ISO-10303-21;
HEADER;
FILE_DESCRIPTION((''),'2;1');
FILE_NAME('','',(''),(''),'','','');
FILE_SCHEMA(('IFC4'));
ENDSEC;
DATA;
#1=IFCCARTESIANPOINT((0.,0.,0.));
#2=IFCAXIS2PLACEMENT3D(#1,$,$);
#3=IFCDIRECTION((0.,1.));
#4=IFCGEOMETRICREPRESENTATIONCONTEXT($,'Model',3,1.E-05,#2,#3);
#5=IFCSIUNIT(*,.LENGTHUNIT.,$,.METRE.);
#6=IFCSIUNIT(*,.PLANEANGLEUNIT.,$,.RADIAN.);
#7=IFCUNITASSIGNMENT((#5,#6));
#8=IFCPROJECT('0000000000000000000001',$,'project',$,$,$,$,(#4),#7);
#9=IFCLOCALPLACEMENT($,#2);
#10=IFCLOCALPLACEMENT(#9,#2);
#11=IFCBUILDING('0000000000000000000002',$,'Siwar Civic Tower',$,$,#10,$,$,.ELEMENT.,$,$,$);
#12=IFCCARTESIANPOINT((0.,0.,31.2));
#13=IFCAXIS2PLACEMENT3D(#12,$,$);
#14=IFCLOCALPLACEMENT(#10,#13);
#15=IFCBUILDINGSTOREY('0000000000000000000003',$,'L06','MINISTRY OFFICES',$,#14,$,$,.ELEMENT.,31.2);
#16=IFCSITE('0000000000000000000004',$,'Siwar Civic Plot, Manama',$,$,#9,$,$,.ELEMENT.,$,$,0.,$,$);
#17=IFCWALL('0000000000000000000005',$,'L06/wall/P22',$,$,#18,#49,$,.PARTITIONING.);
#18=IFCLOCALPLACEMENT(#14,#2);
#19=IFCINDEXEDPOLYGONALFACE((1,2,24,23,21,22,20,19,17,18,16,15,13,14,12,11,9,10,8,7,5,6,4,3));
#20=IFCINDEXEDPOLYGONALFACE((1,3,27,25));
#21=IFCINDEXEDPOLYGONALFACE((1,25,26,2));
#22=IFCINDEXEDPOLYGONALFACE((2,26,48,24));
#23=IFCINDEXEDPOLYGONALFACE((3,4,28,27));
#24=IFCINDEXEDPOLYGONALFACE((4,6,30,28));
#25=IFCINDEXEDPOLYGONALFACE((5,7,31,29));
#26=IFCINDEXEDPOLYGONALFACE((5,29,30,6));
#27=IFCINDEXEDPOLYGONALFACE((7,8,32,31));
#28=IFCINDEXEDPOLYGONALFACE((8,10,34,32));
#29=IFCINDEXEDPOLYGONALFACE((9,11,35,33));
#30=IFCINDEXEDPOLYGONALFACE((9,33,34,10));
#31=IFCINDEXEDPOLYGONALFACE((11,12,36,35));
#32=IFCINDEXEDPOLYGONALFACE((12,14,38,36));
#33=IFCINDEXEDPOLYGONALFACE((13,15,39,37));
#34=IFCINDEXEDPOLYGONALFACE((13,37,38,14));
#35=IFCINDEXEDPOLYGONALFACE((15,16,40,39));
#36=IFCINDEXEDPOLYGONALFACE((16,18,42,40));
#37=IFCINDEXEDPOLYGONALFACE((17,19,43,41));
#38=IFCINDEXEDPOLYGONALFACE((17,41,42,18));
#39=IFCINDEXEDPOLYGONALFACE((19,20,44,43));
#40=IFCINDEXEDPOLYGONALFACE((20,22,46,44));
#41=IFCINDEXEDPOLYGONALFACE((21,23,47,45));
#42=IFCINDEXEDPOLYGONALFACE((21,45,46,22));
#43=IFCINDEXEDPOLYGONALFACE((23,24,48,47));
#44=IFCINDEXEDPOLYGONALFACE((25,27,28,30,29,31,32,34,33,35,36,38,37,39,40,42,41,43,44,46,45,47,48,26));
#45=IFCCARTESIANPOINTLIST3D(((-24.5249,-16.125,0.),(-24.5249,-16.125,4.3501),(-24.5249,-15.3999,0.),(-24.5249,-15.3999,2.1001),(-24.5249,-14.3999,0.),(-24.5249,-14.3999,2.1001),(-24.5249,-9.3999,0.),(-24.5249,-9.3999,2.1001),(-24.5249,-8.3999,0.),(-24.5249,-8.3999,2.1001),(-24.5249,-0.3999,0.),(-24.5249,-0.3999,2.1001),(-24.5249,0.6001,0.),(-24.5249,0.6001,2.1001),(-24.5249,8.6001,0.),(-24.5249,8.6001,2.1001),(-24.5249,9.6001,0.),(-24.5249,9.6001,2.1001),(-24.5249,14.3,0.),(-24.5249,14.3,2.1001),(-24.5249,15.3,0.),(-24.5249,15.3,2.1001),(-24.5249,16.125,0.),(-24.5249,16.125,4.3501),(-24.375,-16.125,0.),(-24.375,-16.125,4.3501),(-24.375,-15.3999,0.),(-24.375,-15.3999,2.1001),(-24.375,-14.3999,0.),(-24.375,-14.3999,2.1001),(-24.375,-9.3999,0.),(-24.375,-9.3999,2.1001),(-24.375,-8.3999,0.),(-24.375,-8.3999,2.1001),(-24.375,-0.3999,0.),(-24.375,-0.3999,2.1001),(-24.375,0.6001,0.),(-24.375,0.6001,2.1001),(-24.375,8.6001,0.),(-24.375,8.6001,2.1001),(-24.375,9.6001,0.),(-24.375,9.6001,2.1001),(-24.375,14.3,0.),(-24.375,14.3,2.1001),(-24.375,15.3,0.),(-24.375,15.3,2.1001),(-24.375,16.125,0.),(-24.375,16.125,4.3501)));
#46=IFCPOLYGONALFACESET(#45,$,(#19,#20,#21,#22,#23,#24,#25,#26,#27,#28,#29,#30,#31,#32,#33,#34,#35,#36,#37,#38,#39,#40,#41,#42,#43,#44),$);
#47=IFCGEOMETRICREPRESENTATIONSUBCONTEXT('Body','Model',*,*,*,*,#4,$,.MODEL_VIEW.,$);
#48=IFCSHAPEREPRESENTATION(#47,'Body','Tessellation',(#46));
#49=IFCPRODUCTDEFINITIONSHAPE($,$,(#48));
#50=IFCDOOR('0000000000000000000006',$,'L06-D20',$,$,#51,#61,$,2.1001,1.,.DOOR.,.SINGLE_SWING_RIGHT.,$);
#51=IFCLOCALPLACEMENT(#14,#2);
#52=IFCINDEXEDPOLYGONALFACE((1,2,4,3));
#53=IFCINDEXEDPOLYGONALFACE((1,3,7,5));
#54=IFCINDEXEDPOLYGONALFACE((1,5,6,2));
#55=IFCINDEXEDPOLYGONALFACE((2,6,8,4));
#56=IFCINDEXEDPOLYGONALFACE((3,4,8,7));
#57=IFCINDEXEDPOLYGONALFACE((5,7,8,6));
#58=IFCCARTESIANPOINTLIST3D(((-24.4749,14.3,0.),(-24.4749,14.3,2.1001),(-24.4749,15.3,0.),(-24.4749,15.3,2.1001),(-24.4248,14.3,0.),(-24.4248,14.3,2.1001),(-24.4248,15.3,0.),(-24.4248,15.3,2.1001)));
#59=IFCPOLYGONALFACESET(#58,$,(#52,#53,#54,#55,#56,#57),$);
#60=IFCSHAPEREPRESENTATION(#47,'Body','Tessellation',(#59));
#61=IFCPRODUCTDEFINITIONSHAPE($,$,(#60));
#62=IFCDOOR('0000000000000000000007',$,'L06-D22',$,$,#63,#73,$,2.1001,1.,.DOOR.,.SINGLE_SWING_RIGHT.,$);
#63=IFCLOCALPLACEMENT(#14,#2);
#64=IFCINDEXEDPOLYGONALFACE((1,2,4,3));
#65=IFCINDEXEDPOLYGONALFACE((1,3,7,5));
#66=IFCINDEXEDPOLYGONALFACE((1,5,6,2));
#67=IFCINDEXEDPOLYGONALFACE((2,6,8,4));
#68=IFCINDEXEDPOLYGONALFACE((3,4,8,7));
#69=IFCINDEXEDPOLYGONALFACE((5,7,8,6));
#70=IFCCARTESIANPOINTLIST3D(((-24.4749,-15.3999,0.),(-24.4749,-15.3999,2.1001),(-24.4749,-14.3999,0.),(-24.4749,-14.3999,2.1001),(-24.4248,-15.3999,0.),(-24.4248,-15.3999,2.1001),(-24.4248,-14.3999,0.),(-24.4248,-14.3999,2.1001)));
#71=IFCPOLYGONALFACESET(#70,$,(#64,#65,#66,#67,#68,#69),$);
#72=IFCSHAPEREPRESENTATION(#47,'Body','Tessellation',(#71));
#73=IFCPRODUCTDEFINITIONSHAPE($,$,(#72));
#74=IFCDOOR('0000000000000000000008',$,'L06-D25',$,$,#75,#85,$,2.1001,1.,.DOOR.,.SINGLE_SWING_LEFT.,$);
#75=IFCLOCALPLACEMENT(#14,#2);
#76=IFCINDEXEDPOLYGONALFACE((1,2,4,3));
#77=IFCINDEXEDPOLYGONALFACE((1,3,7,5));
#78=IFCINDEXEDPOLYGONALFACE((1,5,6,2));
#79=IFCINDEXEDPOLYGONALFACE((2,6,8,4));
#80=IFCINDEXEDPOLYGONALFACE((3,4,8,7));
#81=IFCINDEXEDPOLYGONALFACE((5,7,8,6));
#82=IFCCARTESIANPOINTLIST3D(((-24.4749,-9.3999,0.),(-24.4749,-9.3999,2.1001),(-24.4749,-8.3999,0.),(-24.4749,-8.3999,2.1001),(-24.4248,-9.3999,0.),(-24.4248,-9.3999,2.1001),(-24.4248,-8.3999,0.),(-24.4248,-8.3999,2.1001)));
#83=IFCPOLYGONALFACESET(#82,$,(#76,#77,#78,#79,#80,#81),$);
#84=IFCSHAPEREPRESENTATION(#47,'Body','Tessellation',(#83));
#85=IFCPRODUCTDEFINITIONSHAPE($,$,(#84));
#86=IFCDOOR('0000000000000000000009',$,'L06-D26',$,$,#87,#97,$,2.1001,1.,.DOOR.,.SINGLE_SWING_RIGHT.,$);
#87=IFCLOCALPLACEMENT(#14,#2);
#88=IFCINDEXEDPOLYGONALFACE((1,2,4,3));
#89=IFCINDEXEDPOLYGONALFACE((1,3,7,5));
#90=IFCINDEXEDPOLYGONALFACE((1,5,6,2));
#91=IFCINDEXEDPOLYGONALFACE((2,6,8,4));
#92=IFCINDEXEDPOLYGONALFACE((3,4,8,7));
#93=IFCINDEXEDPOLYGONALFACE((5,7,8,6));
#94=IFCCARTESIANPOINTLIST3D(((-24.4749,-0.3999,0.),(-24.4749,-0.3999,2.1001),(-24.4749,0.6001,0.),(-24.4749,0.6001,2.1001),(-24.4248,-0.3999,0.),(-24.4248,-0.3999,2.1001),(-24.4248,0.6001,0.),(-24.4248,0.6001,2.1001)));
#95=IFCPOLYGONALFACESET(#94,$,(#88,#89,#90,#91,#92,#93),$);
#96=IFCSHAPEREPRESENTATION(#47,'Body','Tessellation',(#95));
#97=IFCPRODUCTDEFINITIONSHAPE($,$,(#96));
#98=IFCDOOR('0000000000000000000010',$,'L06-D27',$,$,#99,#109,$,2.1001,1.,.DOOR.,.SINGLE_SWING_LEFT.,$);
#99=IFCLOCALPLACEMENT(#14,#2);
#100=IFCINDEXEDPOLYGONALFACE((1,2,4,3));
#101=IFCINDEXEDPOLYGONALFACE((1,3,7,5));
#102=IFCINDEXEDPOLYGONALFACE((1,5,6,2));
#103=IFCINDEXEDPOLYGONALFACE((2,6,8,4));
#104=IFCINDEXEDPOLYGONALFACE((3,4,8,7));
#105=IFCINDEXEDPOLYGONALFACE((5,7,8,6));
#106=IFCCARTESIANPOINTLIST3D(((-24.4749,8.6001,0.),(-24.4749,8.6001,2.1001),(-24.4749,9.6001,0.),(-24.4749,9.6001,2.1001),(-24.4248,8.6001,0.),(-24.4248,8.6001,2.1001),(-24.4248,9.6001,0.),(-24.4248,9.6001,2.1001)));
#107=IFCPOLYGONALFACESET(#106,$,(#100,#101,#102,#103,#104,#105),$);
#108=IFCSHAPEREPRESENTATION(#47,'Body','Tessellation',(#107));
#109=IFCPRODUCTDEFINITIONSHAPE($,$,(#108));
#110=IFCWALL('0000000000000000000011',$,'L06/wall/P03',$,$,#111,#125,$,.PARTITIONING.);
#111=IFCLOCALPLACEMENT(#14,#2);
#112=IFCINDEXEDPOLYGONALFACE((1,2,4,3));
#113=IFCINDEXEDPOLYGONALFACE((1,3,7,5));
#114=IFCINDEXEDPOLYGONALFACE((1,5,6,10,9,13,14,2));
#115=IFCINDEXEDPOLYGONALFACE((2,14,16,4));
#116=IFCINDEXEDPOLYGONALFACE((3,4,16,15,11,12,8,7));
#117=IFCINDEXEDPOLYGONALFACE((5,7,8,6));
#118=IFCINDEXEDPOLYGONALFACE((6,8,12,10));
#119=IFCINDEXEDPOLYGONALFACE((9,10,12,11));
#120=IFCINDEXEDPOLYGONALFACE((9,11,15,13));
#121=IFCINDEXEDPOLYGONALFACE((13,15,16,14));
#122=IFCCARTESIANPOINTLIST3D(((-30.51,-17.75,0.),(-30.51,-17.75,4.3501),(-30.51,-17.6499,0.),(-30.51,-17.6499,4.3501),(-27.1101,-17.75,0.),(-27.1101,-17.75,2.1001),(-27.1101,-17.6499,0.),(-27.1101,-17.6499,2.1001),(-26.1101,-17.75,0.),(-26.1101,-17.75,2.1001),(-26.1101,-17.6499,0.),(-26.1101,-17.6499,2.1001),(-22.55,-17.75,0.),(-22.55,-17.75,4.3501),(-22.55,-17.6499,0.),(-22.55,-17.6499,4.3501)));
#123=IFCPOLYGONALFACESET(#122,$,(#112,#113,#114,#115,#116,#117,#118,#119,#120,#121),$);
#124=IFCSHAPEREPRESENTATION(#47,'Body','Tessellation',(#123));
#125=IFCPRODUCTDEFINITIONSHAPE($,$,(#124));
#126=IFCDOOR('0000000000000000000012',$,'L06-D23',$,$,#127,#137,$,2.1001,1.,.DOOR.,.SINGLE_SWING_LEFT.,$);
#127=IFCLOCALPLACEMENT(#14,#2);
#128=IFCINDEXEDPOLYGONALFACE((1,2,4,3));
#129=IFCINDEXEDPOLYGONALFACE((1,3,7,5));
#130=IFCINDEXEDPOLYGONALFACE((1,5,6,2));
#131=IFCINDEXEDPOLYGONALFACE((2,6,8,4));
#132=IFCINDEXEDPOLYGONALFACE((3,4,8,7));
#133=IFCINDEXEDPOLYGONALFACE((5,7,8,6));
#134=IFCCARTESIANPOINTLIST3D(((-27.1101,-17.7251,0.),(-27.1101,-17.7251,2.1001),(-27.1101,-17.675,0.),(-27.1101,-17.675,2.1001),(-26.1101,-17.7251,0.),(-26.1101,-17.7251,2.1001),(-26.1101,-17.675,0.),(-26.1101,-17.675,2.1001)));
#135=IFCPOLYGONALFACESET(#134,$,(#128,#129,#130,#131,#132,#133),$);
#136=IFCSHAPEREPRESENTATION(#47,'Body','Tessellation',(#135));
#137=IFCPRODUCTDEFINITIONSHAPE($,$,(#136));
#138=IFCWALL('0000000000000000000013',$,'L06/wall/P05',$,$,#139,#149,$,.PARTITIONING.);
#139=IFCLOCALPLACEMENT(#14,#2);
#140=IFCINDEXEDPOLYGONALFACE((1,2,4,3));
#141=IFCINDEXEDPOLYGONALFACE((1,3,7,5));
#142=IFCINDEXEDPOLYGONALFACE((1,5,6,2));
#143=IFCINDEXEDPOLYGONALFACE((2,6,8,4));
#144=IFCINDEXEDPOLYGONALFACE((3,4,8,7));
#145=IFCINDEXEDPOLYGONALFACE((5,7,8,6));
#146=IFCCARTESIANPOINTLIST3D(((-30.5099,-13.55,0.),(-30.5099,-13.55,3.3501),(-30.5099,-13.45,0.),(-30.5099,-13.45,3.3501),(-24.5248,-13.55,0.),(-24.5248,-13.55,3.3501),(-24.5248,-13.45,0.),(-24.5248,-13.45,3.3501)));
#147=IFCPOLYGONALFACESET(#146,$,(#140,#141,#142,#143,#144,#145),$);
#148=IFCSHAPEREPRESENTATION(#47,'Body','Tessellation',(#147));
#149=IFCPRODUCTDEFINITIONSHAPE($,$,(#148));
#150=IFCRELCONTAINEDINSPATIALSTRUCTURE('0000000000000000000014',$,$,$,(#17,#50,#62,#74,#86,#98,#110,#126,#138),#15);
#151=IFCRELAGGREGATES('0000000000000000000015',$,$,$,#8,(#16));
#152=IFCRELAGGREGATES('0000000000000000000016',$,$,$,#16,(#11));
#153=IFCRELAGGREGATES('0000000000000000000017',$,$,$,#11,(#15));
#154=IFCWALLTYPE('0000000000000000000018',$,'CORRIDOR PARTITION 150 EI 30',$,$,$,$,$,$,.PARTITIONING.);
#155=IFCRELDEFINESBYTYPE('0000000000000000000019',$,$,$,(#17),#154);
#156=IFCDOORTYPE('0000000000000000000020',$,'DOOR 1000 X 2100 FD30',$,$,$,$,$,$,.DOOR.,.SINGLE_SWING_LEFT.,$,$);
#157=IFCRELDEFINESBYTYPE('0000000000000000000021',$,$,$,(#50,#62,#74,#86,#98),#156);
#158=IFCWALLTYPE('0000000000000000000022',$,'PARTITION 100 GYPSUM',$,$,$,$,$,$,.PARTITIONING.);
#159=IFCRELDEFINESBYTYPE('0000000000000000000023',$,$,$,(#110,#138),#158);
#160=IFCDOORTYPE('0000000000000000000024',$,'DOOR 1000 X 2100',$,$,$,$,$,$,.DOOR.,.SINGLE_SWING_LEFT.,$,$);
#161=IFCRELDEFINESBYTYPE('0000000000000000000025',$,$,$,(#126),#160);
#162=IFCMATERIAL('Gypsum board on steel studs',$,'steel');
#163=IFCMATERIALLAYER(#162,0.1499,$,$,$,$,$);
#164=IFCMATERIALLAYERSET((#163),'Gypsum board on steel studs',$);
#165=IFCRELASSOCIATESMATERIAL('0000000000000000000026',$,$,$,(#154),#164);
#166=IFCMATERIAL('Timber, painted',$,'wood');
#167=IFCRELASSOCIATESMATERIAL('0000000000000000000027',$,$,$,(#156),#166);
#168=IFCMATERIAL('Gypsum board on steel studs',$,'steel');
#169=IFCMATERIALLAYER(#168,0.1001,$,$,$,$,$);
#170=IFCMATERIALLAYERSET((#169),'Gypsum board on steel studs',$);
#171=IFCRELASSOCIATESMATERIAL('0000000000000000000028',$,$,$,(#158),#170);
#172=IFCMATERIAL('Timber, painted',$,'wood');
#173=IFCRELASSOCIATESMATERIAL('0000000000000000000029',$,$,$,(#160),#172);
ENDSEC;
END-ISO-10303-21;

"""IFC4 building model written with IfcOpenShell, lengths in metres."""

from ifc_helpers import new_model, si_unit, direction, frame, frame_2d, origin, place, context, subcontext, project, spatial, rectangle, extrude, material, layer, layer_set, type_object, element, fill, save


model = new_model("IFC4")

# Units and contexts
model_context = context("Model", 3, precision=1e-05, world=origin(), true_north=direction((0.0, 1.0)))
body_context = subcontext(model_context, "Body", "Model", "MODEL_VIEW")
ifc_project = project(units=[si_unit("LENGTHUNIT", "METRE"), si_unit("PLANEANGLEUNIT", "RADIAN")], contexts=[model_context])

# Site, building, storey
site_placement = place(None, origin())
site = spatial("IfcSite", under=ifc_project, at=site_placement, Name="Siwar Civic Plot, Manama", CompositionType="ELEMENT", RefElevation=0.0)
building_placement = place(site_placement, origin())
building = spatial("IfcBuilding", under=site, at=building_placement, Name="Siwar Civic Tower", CompositionType="ELEMENT")
storey_placement = place(building_placement, frame((0.0, 0.0, 31.2)))
storey = spatial("IfcBuildingStorey", under=building, at=storey_placement, Name="L06", Description="MINISTRY OFFICES", CompositionType="ELEMENT", Elevation=31.2)

# Wall, openings, doors
ifc_material_1 = material(Name="Gypsum board on steel studs", Category="steel")
ifc_layer_1 = layer(ifc_material_1, 0.1499)
ifc_layer_set_1 = layer_set([ifc_layer_1], Name="Gypsum board on steel studs")
wall_type_1 = type_object("IfcWallType", Name="CORRIDOR PARTITION 150 EI 30", PredefinedType="PARTITIONING", material=ifc_layer_set_1)
ifc_material_2 = material(Name="Timber, painted", Category="wood")
door_type_1 = type_object("IfcDoorType", Name="DOOR 1000 X 2100 FD30", OperationType="SINGLE_SWING_LEFT", PredefinedType="DOOR", material=ifc_material_2)
wall_1_placement = place(storey_placement, frame((-24.45, -16.125, 0.0), z_axis=(0.0, 0.0, 1.0), x_axis=(0.0, 1.0, 0.0)))
wall_1 = element("IfcWall", 1, at=wall_1_placement, inside=storey, type_object=wall_type_1, Name="L06/wall/P22", PredefinedType="PARTITIONING", context=body_context, shape_type="SweptSolid", body=[
    extrude(rectangle(XDim=32.25, YDim=0.1499, at=frame_2d((16.125, 0.0))), origin(), (0.0, 0.0, 1.0), 4.3501),
])
opening_1_placement = place(wall_1_placement, frame((30.425, 0.0, 0.0)))
opening_1 = element("IfcOpeningElement", 2, at=opening_1_placement, cuts=wall_1, PredefinedType="OPENING", context=body_context, shape_type="SweptSolid", body=[
    extrude(rectangle(XDim=1.0, YDim=2.1001, at=frame_2d((0.5, 1.05))), frame((0.0, 0.085, 0.0), z_axis=(0.0, -1.0, 0.0), x_axis=(1.0, 0.0, 0.0)), (0.0, 0.0, 1.0), 0.1699),
])
opening_2_placement = place(wall_1_placement, frame((0.7251, 0.0, 0.0)))
opening_2 = element("IfcOpeningElement", 3, at=opening_2_placement, cuts=wall_1, PredefinedType="OPENING", context=body_context, shape_type="SweptSolid", body=[
    extrude(rectangle(XDim=1.0, YDim=2.1001, at=frame_2d((0.5, 1.05))), frame((0.0, 0.085, 0.0), z_axis=(0.0, -1.0, 0.0), x_axis=(1.0, 0.0, 0.0)), (0.0, 0.0, 1.0), 0.1699),
])
opening_3_placement = place(wall_1_placement, frame((6.7251, 0.0, 0.0)))
opening_3 = element("IfcOpeningElement", 4, at=opening_3_placement, cuts=wall_1, PredefinedType="OPENING", context=body_context, shape_type="SweptSolid", body=[
    extrude(rectangle(XDim=1.0, YDim=2.1001, at=frame_2d((0.5, 1.05))), frame((0.0, 0.085, 0.0), z_axis=(0.0, -1.0, 0.0), x_axis=(1.0, 0.0, 0.0)), (0.0, 0.0, 1.0), 0.1699),
])
opening_4_placement = place(wall_1_placement, frame((15.7251, 0.0, 0.0)))
opening_4 = element("IfcOpeningElement", 5, at=opening_4_placement, cuts=wall_1, PredefinedType="OPENING", context=body_context, shape_type="SweptSolid", body=[
    extrude(rectangle(XDim=1.0, YDim=2.1001, at=frame_2d((0.5, 1.05))), frame((0.0, 0.085, 0.0), z_axis=(0.0, -1.0, 0.0), x_axis=(1.0, 0.0, 0.0)), (0.0, 0.0, 1.0), 0.1699),
])
opening_5_placement = place(wall_1_placement, frame((24.7251, 0.0, 0.0)))
opening_5 = element("IfcOpeningElement", 6, at=opening_5_placement, cuts=wall_1, PredefinedType="OPENING", context=body_context, shape_type="SweptSolid", body=[
    extrude(rectangle(XDim=1.0, YDim=2.1001, at=frame_2d((0.5, 1.05))), frame((0.0, 0.085, 0.0), z_axis=(0.0, -1.0, 0.0), x_axis=(1.0, 0.0, 0.0)), (0.0, 0.0, 1.0), 0.1699),
])
door_1_placement = place(opening_1_placement, origin())
door_1 = element("IfcDoor", 7, at=door_1_placement, inside=storey, type_object=door_type_1, Name="L06-D20", OperationType="SINGLE_SWING_RIGHT", OverallHeight=2.1001, OverallWidth=1.0, PredefinedType="DOOR", context=body_context, shape_type="SweptSolid", body=[
    extrude(rectangle(XDim=1.0, YDim=2.1001, at=frame_2d((0.5, 1.05))), frame((0.0, 0.0249, 0.0), z_axis=(0.0, -1.0, 0.0), x_axis=(1.0, 0.0, 0.0)), (0.0, 0.0, 1.0), 0.05),
])
fill(opening_1, door_1)
door_2_placement = place(opening_2_placement, origin())
door_2 = element("IfcDoor", 8, at=door_2_placement, inside=storey, type_object=door_type_1, Name="L06-D22", OperationType="SINGLE_SWING_RIGHT", OverallHeight=2.1001, OverallWidth=1.0, PredefinedType="DOOR", context=body_context, shape_type="SweptSolid", body=[
    extrude(rectangle(XDim=1.0, YDim=2.1001, at=frame_2d((0.5, 1.05))), frame((0.0, 0.0249, 0.0), z_axis=(0.0, -1.0, 0.0), x_axis=(1.0, 0.0, 0.0)), (0.0, 0.0, 1.0), 0.05),
])
fill(opening_2, door_2)
door_3_placement = place(opening_3_placement, origin())
door_3 = element("IfcDoor", 9, at=door_3_placement, inside=storey, type_object=door_type_1, Name="L06-D25", OperationType="SINGLE_SWING_LEFT", OverallHeight=2.1001, OverallWidth=1.0, PredefinedType="DOOR", context=body_context, shape_type="SweptSolid", body=[
    extrude(rectangle(XDim=1.0, YDim=2.1001, at=frame_2d((0.5, 1.05))), frame((0.0, 0.0249, 0.0), z_axis=(0.0, -1.0, 0.0), x_axis=(1.0, 0.0, 0.0)), (0.0, 0.0, 1.0), 0.05),
])
fill(opening_3, door_3)
door_4_placement = place(opening_4_placement, origin())
door_4 = element("IfcDoor", 10, at=door_4_placement, inside=storey, type_object=door_type_1, Name="L06-D26", OperationType="SINGLE_SWING_RIGHT", OverallHeight=2.1001, OverallWidth=1.0, PredefinedType="DOOR", context=body_context, shape_type="SweptSolid", body=[
    extrude(rectangle(XDim=1.0, YDim=2.1001, at=frame_2d((0.5, 1.05))), frame((0.0, 0.0249, 0.0), z_axis=(0.0, -1.0, 0.0), x_axis=(1.0, 0.0, 0.0)), (0.0, 0.0, 1.0), 0.05),
])
fill(opening_4, door_4)
door_5_placement = place(opening_5_placement, origin())
door_5 = element("IfcDoor", 11, at=door_5_placement, inside=storey, type_object=door_type_1, Name="L06-D27", OperationType="SINGLE_SWING_LEFT", OverallHeight=2.1001, OverallWidth=1.0, PredefinedType="DOOR", context=body_context, shape_type="SweptSolid", body=[
    extrude(rectangle(XDim=1.0, YDim=2.1001, at=frame_2d((0.5, 1.05))), frame((0.0, 0.0249, 0.0), z_axis=(0.0, -1.0, 0.0), x_axis=(1.0, 0.0, 0.0)), (0.0, 0.0, 1.0), 0.05),
])
fill(opening_5, door_5)

# Wall, opening, door
ifc_material_3 = material(Name="Gypsum board on steel studs", Category="steel")
ifc_layer_2 = layer(ifc_material_3, 0.1001)
ifc_layer_set_2 = layer_set([ifc_layer_2], Name="Gypsum board on steel studs")
wall_type_2 = type_object("IfcWallType", Name="PARTITION 100 GYPSUM", PredefinedType="PARTITIONING", material=ifc_layer_set_2)
wall_2_placement = place(storey_placement, frame((-30.51, -17.7, 0.0), z_axis=(0.0, 0.0, 1.0), x_axis=(1.0, 0.0, 0.0)))
wall_2 = element("IfcWall", 12, at=wall_2_placement, inside=storey, type_object=wall_type_2, Name="L06/wall/P03", PredefinedType="PARTITIONING", context=body_context, shape_type="SweptSolid", body=[
    extrude(rectangle(XDim=7.96, YDim=0.1001, at=frame_2d((3.98, 0.0))), origin(), (0.0, 0.0, 1.0), 4.3501),
])
opening_6_placement = place(wall_2_placement, frame((3.3999, 0.0, 0.0)))
opening_6 = element("IfcOpeningElement", 13, at=opening_6_placement, cuts=wall_2, PredefinedType="OPENING", context=body_context, shape_type="SweptSolid", body=[
    extrude(rectangle(XDim=1.0, YDim=2.1001, at=frame_2d((0.5, 1.05))), frame((0.0, 0.0601, 0.0), z_axis=(0.0, -1.0, 0.0), x_axis=(1.0, 0.0, 0.0)), (0.0, 0.0, 1.0), 0.1201),
])
ifc_material_4 = material(Name="Timber, painted", Category="wood")
door_type_2 = type_object("IfcDoorType", Name="DOOR 1000 X 2100", OperationType="SINGLE_SWING_LEFT", PredefinedType="DOOR", material=ifc_material_4)
door_6_placement = place(opening_6_placement, origin())
door_6 = element("IfcDoor", 14, at=door_6_placement, inside=storey, type_object=door_type_2, Name="L06-D23", OperationType="SINGLE_SWING_LEFT", OverallHeight=2.1001, OverallWidth=1.0, PredefinedType="DOOR", context=body_context, shape_type="SweptSolid", body=[
    extrude(rectangle(XDim=1.0, YDim=2.1001, at=frame_2d((0.5, 1.05))), frame((0.0, 0.0249, 0.0), z_axis=(0.0, -1.0, 0.0), x_axis=(1.0, 0.0, 0.0)), (0.0, 0.0, 1.0), 0.05),
])
fill(opening_6, door_6)

# Wall
wall_3_placement = place(storey_placement, frame((-30.51, -13.5, 0.0), z_axis=(0.0, 0.0, 1.0), x_axis=(1.0, 0.0, 0.0)))
element("IfcWall", 15, at=wall_3_placement, inside=storey, type_object=wall_type_2, Name="L06/wall/P05", PredefinedType="PARTITIONING", context=body_context, shape_type="SweptSolid", body=[
    extrude(rectangle(XDim=5.9851, YDim=0.1001, at=frame_2d((2.9927, 0.0))), origin(), (0.0, 0.0, 1.0), 3.3501),
])

save(model, "model.ifc")
